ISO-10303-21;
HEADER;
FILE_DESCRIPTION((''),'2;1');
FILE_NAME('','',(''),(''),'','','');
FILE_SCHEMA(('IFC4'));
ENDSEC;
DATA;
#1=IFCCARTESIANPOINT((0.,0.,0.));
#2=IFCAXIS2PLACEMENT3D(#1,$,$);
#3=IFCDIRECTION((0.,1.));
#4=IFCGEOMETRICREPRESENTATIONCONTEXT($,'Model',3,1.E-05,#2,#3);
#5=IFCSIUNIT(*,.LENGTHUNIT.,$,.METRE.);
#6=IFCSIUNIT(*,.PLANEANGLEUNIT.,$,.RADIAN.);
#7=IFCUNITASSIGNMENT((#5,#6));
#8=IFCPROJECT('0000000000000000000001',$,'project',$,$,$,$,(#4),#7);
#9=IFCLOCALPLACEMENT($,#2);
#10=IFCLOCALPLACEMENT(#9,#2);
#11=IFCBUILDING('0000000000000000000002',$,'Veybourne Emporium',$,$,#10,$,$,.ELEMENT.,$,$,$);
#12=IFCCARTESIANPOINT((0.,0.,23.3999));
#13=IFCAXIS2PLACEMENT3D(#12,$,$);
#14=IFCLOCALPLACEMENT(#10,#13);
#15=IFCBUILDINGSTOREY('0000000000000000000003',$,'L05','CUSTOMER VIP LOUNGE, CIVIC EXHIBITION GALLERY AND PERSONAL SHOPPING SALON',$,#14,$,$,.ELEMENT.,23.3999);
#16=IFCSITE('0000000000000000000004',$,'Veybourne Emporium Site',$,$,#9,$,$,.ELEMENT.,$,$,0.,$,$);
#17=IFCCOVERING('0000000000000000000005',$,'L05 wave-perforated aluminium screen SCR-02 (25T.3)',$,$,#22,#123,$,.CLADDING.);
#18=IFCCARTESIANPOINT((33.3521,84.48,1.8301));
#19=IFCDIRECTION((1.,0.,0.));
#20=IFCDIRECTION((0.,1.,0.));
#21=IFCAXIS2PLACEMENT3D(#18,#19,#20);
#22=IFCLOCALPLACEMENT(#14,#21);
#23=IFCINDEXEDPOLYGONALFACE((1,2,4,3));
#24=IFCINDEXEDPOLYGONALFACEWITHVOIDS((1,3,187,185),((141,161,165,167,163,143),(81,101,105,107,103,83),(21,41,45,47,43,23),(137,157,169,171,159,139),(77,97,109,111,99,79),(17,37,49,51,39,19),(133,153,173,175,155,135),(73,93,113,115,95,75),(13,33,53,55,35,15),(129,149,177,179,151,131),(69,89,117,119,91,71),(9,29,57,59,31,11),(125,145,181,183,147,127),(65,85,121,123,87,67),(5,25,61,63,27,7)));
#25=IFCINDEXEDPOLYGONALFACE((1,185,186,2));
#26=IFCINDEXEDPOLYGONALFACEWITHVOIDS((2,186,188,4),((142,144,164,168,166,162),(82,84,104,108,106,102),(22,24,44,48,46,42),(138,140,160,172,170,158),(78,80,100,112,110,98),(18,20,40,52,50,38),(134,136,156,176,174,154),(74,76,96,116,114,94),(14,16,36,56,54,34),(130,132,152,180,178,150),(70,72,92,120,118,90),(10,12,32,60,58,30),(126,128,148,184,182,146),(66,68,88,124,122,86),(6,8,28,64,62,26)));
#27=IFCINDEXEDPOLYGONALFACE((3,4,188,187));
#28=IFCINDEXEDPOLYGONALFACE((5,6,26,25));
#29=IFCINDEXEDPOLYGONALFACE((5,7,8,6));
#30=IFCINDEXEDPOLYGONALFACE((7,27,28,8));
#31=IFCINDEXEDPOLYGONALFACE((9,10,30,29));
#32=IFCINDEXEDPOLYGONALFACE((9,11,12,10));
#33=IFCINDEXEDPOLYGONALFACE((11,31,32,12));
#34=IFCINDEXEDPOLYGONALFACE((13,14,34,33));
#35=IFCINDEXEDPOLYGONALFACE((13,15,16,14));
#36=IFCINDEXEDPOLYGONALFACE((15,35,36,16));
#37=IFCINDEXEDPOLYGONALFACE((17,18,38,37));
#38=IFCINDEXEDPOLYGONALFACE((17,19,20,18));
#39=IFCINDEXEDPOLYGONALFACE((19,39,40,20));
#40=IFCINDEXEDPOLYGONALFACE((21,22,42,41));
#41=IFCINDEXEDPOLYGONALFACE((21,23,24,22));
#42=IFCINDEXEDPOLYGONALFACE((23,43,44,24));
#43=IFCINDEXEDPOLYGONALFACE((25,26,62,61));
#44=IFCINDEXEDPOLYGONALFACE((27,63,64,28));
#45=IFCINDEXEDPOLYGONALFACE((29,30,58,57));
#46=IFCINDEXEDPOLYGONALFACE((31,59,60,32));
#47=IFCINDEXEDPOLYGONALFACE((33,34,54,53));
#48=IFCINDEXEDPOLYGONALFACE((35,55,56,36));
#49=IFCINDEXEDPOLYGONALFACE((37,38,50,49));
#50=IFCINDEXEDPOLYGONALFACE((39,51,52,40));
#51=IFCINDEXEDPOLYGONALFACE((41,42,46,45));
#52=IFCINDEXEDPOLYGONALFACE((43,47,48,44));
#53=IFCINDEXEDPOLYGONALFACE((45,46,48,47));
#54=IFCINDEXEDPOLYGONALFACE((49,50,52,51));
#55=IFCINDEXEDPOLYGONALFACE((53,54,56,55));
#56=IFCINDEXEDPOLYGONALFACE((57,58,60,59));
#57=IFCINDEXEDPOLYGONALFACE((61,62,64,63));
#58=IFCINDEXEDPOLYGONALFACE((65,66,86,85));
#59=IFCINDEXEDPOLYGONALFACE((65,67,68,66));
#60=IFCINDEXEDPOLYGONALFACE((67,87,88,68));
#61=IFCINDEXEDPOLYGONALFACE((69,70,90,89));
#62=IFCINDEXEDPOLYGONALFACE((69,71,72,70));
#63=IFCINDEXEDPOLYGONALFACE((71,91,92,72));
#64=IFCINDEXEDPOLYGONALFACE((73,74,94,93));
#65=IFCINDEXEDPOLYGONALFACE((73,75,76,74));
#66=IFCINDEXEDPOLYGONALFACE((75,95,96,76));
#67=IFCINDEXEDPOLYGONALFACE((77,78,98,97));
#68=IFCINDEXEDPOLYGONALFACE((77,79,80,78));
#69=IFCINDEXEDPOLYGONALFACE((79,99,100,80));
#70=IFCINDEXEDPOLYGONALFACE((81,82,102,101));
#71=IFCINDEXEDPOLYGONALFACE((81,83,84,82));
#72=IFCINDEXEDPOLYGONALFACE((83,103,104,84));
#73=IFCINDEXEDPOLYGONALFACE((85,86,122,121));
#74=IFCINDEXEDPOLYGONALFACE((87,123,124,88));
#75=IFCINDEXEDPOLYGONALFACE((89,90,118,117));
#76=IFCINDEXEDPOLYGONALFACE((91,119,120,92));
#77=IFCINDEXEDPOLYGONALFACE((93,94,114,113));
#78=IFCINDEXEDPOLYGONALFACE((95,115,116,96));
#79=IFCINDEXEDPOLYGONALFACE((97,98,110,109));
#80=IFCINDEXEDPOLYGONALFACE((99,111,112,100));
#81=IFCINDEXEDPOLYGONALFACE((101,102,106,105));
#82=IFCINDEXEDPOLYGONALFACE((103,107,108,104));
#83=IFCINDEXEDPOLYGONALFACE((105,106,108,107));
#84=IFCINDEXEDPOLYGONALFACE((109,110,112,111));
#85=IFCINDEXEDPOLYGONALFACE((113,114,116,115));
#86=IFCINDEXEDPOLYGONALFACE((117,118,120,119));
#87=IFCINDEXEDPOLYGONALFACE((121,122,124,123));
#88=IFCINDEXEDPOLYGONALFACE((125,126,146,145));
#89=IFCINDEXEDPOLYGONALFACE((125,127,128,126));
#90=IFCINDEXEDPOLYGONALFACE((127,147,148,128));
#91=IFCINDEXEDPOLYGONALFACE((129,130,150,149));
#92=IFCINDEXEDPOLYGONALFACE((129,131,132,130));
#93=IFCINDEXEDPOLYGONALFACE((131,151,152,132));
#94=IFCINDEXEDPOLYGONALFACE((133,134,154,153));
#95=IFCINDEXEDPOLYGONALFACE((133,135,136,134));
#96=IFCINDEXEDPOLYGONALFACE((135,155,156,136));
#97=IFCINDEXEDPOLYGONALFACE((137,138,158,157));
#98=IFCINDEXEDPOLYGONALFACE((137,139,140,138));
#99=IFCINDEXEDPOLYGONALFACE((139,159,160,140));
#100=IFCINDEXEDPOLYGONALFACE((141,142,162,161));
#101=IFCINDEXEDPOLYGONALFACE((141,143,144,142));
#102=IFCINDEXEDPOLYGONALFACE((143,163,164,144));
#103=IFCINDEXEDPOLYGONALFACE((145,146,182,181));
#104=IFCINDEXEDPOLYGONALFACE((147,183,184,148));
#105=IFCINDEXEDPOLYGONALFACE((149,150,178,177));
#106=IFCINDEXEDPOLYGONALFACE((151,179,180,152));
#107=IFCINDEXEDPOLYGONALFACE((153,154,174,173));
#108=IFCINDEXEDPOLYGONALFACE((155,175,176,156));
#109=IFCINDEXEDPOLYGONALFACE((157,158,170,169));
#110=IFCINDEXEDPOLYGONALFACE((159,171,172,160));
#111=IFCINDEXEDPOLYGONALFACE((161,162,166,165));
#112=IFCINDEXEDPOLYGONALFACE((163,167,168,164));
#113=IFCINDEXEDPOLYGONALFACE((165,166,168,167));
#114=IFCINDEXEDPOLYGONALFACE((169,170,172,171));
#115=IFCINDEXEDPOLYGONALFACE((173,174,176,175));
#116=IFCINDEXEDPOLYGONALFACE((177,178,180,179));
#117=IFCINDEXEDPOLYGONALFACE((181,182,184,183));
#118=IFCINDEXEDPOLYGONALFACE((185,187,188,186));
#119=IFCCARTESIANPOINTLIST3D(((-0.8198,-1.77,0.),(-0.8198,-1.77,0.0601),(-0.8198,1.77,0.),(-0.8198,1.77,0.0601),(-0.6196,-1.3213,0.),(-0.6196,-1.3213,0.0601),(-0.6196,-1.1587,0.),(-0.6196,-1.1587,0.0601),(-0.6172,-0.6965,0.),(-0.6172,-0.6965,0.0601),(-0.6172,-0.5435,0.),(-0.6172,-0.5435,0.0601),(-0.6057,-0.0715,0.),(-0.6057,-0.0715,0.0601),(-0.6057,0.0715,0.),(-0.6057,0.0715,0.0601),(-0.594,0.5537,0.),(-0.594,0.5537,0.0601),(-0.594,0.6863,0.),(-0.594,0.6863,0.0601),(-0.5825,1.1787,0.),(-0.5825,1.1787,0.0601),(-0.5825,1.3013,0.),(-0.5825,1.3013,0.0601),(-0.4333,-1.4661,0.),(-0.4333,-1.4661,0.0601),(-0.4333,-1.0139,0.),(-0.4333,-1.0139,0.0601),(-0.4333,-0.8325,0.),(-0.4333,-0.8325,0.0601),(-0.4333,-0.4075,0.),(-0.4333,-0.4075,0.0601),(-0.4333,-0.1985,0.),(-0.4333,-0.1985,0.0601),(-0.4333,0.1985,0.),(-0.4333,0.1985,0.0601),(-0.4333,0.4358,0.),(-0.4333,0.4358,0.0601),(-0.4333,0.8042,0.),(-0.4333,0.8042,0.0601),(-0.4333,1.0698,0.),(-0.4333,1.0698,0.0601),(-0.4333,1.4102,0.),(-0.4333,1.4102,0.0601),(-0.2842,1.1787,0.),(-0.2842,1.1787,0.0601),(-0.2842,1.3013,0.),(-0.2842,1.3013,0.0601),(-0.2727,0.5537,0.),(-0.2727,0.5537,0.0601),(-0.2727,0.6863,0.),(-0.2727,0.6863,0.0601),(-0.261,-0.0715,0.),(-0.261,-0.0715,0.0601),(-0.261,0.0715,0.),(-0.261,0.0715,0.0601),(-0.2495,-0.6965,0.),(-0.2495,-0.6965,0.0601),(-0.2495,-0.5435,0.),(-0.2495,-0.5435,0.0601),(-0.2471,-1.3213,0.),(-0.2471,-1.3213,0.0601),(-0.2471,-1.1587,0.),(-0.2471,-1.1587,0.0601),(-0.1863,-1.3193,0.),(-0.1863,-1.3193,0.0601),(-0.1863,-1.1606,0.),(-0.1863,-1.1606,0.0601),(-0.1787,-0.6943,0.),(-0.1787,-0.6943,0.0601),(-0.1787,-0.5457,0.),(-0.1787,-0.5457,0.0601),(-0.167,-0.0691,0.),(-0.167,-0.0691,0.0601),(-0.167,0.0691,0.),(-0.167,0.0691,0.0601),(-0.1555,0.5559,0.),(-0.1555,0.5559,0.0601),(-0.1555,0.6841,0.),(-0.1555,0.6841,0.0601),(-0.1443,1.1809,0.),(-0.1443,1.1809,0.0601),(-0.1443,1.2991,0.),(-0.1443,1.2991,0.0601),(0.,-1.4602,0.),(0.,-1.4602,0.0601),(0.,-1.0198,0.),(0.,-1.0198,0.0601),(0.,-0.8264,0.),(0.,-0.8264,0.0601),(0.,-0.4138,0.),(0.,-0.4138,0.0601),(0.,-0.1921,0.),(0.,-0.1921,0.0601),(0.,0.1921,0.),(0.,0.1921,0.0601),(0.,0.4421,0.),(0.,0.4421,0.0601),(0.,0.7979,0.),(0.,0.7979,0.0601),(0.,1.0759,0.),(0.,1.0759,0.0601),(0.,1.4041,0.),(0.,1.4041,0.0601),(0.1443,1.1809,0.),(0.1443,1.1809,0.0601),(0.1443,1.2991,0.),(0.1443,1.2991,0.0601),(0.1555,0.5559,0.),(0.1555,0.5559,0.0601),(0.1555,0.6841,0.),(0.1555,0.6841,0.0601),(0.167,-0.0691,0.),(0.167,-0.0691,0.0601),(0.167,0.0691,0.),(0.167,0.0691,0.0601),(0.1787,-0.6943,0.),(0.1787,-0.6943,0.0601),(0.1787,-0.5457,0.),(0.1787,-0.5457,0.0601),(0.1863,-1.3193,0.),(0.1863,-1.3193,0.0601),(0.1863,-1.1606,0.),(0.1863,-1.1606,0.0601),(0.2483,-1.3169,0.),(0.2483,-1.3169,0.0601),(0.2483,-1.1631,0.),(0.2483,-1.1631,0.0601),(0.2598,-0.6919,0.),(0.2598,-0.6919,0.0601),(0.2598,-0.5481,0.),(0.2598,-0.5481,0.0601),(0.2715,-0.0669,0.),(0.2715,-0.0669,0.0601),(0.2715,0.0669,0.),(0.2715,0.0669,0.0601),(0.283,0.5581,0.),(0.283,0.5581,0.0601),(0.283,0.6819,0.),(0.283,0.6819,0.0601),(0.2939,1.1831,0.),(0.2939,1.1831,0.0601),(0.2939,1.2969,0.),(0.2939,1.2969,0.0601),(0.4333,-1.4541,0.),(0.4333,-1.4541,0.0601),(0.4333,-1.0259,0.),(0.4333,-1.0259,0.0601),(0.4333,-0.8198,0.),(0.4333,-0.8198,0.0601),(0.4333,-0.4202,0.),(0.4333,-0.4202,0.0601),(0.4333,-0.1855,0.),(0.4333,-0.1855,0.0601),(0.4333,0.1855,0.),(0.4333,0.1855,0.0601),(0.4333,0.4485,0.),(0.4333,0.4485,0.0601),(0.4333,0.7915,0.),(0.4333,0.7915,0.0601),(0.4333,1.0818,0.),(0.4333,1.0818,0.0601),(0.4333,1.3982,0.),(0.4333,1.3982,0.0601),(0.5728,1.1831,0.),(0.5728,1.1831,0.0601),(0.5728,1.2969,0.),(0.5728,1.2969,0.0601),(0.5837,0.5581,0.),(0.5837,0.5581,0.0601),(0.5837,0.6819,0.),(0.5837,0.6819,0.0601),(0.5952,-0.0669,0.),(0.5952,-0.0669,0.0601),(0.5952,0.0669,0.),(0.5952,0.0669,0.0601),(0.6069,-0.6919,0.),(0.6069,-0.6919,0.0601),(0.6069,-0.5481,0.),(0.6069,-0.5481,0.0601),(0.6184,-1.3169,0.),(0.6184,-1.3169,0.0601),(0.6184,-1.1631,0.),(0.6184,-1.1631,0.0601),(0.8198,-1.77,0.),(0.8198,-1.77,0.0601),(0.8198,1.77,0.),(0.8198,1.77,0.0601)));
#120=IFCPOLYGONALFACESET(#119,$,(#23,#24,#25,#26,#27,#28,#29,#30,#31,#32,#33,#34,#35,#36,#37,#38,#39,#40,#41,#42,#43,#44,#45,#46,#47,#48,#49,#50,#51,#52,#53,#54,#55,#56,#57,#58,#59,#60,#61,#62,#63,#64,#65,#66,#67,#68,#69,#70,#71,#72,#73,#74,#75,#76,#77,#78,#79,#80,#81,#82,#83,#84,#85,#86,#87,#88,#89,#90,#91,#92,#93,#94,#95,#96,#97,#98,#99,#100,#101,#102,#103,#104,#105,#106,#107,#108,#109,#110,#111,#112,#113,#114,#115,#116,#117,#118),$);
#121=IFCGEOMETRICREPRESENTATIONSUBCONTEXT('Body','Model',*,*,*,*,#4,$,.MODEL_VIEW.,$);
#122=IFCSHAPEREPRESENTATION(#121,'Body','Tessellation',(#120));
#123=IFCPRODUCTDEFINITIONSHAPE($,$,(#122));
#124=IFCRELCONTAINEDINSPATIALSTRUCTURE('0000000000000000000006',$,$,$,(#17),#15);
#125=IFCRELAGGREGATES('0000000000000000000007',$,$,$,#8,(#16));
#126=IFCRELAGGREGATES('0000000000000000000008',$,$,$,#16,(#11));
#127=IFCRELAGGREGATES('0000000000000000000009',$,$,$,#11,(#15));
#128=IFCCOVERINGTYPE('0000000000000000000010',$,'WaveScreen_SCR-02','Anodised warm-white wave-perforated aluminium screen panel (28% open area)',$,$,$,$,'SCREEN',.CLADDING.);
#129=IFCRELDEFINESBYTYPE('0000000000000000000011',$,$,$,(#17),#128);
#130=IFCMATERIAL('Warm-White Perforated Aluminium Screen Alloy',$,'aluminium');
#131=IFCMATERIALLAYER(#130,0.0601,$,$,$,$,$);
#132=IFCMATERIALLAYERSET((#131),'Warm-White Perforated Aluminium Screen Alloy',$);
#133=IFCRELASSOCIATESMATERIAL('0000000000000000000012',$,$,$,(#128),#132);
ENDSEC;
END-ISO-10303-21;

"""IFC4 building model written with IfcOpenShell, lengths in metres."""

from ifc_helpers import new_model, si_unit, direction, frame, origin, place, context, subcontext, project, spatial, polyline, outline, extrude, material, layer, layer_set, type_object, element, save


model = new_model("IFC4")

# Units and contexts
model_context = context("Model", 3, precision=1e-05, world=origin(), true_north=direction((0.0, 1.0)))
body_context = subcontext(model_context, "Body", "Model", "MODEL_VIEW")
ifc_project = project(units=[si_unit("LENGTHUNIT", "METRE"), si_unit("PLANEANGLEUNIT", "RADIAN")], contexts=[model_context])

# Site, building, storey
site_placement = place(None, origin())
site = spatial("IfcSite", under=ifc_project, at=site_placement, Name="Veybourne Emporium Site", CompositionType="ELEMENT", RefElevation=0.0)
building_placement = place(site_placement, origin())
building = spatial("IfcBuilding", under=site, at=building_placement, Name="Veybourne Emporium", CompositionType="ELEMENT")
storey_placement = place(building_placement, frame((0.0, 0.0, 23.3999)))
storey = spatial("IfcBuildingStorey", under=building, at=storey_placement, Name="L05", Description="CUSTOMER VIP LOUNGE, CIVIC EXHIBITION GALLERY AND PERSONAL SHOPPING SALON", CompositionType="ELEMENT", Elevation=23.3999)

# Covering
ifc_material_1 = material(Name="Warm-White Perforated Aluminium Screen Alloy", Category="aluminium")
ifc_layer_1 = layer(ifc_material_1, 0.0601)
ifc_layer_set_1 = layer_set([ifc_layer_1], Name="Warm-White Perforated Aluminium Screen Alloy")
covering_type_1 = type_object("IfcCoveringType", Name="WaveScreen_SCR-02", Description="Anodised warm-white wave-perforated aluminium screen panel (28% open area)", ElementType="SCREEN", PredefinedType="CLADDING", material=ifc_layer_set_1)
covering_1_placement = place(storey_placement, frame((33.3521, 84.48, 1.8301), z_axis=(1.0, 0.0, 0.0), x_axis=(0.0, 1.0, 0.0)))
element("IfcCovering", 1, at=covering_1_placement, inside=storey, type_object=covering_type_1, Name="L05 wave-perforated aluminium screen SCR-02 (25T.3)", PredefinedType="CLADDING", context=body_context, shape_type="SweptSolid", body=[
    extrude(outline(polyline([(-0.8198, -1.77), (0.8198, -1.77), (0.8198, 1.77), (-0.8198, 1.77), (-0.8198, -1.77)]), holes=[polyline([(-0.4333, -1.0139), (-0.2471, -1.1587), (-0.2471, -1.3213), (-0.4333, -1.4661), (-0.6196, -1.3213), (-0.6196, -1.1587), (-0.4333, -1.0139)]), polyline([(-0.4333, -0.4075), (-0.2495, -0.5435), (-0.2495, -0.6965), (-0.4333, -0.8325), (-0.6172, -0.6965), (-0.6172, -0.5435), (-0.4333, -0.4075)]), polyline([(-0.4333, 0.1985), (-0.261, 0.0715), (-0.261, -0.0715), (-0.4333, -0.1985), (-0.6057, -0.0715), (-0.6057, 0.0715), (-0.4333, 0.1985)]), polyline([(-0.4333, 0.8042), (-0.2727, 0.6863), (-0.2727, 0.5537), (-0.4333, 0.4358), (-0.594, 0.5537), (-0.594, 0.6863), (-0.4333, 0.8042)]), polyline([(-0.4333, 1.4102), (-0.2842, 1.3013), (-0.2842, 1.1787), (-0.4333, 1.0698), (-0.5825, 1.1787), (-0.5825, 1.3013), (-0.4333, 1.4102)]), polyline([(0.0, -1.0198), (0.1863, -1.1606), (0.1863, -1.3193), (0.0, -1.4602), (-0.1863, -1.3193), (-0.1863, -1.1606), (0.0, -1.0198)]), polyline([(0.0, -0.4138), (0.1787, -0.5457), (0.1787, -0.6943), (0.0, -0.8264), (-0.1787, -0.6943), (-0.1787, -0.5457), (0.0, -0.4138)]), polyline([(0.0, 0.1921), (0.167, 0.0691), (0.167, -0.0691), (0.0, -0.1921), (-0.167, -0.0691), (-0.167, 0.0691), (0.0, 0.1921)]), polyline([(0.0, 0.7979), (0.1555, 0.6841), (0.1555, 0.5559), (0.0, 0.4421), (-0.1555, 0.5559), (-0.1555, 0.6841), (0.0, 0.7979)]), polyline([(0.0, 1.4041), (0.1443, 1.2991), (0.1443, 1.1809), (0.0, 1.0759), (-0.1443, 1.1809), (-0.1443, 1.2991), (0.0, 1.4041)]), polyline([(0.4333, -1.0259), (0.6184, -1.1631), (0.6184, -1.3169), (0.4333, -1.4541), (0.2483, -1.3169), (0.2483, -1.1631), (0.4333, -1.0259)]), polyline([(0.4333, -0.4202), (0.6069, -0.5481), (0.6069, -0.6919), (0.4333, -0.8198), (0.2598, -0.6919), (0.2598, -0.5481), (0.4333, -0.4202)]), polyline([(0.4333, 0.1855), (0.5952, 0.0669), (0.5952, -0.0669), (0.4333, -0.1855), (0.2715, -0.0669), (0.2715, 0.0669), (0.4333, 0.1855)]), polyline([(0.4333, 0.7915), (0.5837, 0.6819), (0.5837, 0.5581), (0.4333, 0.4485), (0.283, 0.5581), (0.283, 0.6819), (0.4333, 0.7915)]), polyline([(0.4333, 1.3982), (0.5728, 1.2969), (0.5728, 1.1831), (0.4333, 1.0818), (0.2939, 1.1831), (0.2939, 1.2969), (0.4333, 1.3982)])]), origin(), (0.0, 0.0, 1.0), 0.0601),
])

save(model, "model.ifc")
